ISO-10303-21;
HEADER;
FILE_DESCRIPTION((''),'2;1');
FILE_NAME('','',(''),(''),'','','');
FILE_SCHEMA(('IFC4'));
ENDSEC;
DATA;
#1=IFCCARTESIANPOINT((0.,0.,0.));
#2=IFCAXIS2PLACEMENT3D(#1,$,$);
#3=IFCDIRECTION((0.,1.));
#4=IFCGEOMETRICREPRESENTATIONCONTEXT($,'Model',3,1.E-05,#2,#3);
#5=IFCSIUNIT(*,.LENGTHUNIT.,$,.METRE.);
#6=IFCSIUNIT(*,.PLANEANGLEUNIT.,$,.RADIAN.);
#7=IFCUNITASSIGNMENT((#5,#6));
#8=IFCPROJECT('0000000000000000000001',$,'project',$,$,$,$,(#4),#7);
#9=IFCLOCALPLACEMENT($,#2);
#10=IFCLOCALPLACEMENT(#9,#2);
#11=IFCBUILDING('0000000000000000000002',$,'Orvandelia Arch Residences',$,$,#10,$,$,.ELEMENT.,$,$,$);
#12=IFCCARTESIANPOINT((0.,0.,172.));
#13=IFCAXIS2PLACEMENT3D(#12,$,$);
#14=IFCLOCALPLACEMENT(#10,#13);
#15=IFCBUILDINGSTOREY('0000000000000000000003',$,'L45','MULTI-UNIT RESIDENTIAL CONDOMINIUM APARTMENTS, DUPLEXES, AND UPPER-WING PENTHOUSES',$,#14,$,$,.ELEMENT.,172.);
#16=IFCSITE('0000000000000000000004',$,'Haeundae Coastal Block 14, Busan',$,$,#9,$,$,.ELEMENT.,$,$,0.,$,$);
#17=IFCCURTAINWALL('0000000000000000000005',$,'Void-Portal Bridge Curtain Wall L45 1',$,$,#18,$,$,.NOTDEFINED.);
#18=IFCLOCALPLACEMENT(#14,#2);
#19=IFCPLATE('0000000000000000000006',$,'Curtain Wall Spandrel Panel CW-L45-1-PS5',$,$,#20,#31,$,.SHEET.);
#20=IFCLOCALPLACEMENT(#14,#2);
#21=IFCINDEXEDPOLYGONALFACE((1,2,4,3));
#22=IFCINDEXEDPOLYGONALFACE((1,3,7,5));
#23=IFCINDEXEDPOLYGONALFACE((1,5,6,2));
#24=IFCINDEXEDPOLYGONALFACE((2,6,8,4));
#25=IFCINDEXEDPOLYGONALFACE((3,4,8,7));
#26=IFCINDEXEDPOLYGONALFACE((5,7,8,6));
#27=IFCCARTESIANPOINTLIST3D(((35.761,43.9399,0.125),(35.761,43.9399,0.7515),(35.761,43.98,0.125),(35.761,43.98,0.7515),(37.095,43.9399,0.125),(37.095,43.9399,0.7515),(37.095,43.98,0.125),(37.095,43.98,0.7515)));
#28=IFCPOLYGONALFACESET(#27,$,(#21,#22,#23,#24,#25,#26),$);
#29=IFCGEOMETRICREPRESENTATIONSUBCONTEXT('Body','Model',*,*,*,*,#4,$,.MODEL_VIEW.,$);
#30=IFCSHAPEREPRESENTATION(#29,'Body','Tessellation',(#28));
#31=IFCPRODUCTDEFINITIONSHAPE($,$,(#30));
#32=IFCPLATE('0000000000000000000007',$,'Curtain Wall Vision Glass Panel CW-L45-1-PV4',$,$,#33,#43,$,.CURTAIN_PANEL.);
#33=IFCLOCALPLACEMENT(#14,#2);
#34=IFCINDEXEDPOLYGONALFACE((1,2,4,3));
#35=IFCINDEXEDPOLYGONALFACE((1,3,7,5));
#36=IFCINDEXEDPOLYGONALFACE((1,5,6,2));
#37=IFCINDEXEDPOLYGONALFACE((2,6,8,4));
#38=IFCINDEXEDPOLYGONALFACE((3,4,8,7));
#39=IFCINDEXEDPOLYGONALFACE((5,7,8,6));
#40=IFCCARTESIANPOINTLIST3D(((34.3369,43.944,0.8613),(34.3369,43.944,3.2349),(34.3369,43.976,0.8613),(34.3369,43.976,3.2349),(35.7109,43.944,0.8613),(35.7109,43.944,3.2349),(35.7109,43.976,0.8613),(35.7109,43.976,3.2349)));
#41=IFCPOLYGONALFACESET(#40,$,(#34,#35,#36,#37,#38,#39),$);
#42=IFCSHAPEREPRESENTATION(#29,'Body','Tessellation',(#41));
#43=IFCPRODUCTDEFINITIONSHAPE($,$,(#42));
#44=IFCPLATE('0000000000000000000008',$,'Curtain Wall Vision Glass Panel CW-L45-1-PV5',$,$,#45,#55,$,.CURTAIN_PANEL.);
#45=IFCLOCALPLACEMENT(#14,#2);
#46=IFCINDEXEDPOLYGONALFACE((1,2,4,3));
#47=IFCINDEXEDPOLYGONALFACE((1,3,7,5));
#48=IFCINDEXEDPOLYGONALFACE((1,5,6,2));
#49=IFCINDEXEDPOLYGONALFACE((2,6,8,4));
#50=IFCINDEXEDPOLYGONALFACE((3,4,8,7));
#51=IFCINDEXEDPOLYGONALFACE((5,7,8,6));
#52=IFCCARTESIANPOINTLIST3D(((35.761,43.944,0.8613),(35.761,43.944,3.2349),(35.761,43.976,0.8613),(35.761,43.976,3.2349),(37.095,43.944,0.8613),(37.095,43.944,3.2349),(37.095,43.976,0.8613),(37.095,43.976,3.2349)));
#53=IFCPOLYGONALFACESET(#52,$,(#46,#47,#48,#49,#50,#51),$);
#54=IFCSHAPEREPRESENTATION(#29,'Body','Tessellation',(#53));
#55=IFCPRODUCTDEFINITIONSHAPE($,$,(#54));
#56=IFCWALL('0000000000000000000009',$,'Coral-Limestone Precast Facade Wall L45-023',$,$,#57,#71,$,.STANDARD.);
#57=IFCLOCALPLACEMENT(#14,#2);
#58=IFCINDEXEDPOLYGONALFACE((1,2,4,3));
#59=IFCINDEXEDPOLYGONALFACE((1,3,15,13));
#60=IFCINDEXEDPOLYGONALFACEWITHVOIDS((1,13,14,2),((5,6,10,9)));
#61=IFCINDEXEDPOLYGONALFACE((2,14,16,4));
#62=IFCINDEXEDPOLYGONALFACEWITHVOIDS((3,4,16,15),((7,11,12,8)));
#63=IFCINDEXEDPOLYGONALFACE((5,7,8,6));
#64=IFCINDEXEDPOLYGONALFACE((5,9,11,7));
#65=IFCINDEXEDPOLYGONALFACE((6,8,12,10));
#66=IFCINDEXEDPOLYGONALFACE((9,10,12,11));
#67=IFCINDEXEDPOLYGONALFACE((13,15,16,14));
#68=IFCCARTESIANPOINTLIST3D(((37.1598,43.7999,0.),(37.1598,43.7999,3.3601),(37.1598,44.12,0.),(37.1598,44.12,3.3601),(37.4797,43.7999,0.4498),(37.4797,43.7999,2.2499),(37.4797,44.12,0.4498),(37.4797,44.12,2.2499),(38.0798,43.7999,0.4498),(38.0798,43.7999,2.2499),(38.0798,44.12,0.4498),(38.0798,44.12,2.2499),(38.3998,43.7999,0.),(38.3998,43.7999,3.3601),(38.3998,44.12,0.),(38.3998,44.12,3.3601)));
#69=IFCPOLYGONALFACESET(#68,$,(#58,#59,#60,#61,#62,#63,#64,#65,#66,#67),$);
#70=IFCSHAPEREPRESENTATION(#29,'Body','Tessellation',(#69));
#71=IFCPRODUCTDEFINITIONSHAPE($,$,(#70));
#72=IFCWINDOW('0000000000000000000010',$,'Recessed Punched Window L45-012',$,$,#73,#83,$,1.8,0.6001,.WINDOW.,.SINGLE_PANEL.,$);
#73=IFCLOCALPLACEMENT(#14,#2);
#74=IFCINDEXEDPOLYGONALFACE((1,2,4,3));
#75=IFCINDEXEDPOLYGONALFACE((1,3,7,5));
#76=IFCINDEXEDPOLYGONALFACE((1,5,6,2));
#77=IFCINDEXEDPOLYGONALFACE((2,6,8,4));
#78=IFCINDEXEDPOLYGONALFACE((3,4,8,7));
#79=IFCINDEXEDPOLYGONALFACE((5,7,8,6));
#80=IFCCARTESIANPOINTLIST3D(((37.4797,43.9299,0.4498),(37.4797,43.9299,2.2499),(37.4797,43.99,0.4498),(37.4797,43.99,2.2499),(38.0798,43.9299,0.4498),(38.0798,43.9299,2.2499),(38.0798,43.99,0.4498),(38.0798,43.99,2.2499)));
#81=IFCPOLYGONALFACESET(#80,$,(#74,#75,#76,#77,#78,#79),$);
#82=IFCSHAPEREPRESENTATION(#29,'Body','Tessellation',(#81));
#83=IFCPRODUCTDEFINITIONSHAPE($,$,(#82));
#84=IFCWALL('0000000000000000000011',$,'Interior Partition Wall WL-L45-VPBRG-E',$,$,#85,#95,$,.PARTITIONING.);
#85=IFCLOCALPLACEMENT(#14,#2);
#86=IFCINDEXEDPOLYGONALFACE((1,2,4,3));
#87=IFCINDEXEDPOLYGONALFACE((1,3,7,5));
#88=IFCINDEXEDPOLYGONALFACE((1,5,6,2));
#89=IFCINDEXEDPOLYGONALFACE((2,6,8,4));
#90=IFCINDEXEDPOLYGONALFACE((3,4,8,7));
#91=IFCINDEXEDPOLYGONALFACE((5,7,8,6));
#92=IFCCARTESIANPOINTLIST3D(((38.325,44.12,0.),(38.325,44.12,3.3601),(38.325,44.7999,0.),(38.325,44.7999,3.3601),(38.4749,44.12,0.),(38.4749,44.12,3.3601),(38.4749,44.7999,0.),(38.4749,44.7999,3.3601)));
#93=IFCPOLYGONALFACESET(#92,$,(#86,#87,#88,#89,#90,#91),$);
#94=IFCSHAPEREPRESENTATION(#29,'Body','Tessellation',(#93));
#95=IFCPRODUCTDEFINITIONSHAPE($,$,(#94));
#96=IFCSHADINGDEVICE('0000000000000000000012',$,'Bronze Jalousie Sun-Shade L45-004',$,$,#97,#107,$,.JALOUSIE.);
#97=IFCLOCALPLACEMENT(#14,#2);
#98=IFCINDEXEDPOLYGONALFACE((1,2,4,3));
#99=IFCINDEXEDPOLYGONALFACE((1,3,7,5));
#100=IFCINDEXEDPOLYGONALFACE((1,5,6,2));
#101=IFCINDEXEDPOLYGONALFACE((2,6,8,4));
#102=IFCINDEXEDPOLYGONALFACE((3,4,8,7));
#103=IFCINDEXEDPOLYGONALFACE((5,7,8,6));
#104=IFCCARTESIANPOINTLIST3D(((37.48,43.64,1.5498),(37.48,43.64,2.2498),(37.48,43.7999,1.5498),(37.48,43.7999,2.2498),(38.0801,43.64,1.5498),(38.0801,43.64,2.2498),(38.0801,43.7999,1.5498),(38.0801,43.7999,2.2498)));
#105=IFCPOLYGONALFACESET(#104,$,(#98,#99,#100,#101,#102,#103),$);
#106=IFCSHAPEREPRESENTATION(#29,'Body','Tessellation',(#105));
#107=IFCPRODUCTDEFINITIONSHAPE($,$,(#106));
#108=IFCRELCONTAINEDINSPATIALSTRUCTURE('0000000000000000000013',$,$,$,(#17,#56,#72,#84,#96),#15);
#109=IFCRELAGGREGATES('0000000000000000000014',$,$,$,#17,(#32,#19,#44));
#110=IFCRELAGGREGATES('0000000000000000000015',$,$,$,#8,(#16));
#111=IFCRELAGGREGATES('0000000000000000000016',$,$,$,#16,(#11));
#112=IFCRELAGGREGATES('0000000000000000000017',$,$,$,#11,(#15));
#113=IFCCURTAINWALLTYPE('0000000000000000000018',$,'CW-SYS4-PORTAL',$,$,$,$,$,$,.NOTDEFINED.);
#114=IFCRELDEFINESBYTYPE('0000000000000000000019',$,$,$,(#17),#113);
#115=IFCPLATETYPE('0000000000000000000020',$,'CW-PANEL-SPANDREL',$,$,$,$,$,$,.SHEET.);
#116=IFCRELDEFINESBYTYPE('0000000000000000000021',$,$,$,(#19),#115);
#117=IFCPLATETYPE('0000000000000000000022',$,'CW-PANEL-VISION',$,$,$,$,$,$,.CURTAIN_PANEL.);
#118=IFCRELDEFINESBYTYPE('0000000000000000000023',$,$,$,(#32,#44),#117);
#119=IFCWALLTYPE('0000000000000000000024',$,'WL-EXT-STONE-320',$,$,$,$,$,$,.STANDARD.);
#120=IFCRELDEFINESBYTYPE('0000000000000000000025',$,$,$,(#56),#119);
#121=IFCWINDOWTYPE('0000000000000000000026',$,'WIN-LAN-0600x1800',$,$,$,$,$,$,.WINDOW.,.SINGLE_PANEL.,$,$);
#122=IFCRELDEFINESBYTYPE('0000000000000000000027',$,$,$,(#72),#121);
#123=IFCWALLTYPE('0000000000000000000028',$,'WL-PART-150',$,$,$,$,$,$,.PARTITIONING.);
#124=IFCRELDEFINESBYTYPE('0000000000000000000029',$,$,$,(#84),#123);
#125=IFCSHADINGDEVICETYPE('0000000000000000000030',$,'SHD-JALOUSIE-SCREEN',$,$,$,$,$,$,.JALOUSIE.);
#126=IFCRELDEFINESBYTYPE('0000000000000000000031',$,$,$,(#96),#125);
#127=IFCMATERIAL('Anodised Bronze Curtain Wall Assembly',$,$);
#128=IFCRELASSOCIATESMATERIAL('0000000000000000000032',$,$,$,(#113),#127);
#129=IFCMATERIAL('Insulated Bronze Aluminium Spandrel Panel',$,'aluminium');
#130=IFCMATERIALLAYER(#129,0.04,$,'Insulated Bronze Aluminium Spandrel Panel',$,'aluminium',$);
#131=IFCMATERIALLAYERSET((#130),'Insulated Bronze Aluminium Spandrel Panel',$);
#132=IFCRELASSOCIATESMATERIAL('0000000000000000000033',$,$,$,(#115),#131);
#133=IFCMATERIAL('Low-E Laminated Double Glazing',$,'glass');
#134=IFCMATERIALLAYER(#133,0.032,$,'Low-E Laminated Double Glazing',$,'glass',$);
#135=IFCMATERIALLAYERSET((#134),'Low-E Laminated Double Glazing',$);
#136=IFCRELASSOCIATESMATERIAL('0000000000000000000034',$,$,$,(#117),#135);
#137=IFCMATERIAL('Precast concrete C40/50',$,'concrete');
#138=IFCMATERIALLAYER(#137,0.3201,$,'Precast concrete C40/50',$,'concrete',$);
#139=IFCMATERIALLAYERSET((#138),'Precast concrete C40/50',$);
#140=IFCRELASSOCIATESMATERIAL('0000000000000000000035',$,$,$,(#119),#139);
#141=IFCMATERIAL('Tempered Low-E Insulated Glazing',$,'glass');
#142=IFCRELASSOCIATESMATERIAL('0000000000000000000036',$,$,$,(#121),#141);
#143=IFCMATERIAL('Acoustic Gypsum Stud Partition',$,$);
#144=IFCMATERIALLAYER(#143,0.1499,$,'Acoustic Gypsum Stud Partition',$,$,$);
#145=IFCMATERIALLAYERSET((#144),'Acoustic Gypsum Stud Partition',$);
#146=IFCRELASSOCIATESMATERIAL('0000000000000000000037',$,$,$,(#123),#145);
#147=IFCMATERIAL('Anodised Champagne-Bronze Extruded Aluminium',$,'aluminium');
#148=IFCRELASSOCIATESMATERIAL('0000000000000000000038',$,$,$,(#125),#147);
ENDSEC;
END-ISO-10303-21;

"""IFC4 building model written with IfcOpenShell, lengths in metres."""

from ifc_helpers import new_model, si_unit, direction, frame, frame_2d, origin, origin_2d, place, context, subcontext, project, spatial, rectangle, extrude, material, layer, layer_set, type_object, element, fill, aggregate, save


model = new_model("IFC4")

# Units and contexts
model_context = context("Model", 3, precision=1e-05, world=origin(), true_north=direction((0.0, 1.0)))
body_context = subcontext(model_context, "Body", "Model", "MODEL_VIEW")
ifc_project = project(units=[si_unit("LENGTHUNIT", "METRE"), si_unit("PLANEANGLEUNIT", "RADIAN")], contexts=[model_context])

# Site, building, storey
site_placement = place(None, origin())
site = spatial("IfcSite", under=ifc_project, at=site_placement, Name="Haeundae Coastal Block 14, Busan", CompositionType="ELEMENT", RefElevation=0.0)
building_placement = place(site_placement, origin())
building = spatial("IfcBuilding", under=site, at=building_placement, Name="Orvandelia Arch Residences", CompositionType="ELEMENT")
storey_placement = place(building_placement, frame((0.0, 0.0, 172.0)))
storey = spatial("IfcBuildingStorey", under=building, at=storey_placement, Name="L45", Description="MULTI-UNIT RESIDENTIAL CONDOMINIUM APARTMENTS, DUPLEXES, AND UPPER-WING PENTHOUSES", CompositionType="ELEMENT", Elevation=172.0)

# Curtain wall, plates
ifc_material_1 = material(Name="Anodised Bronze Curtain Wall Assembly")
curtain_wall_type = type_object("IfcCurtainWallType", Name="CW-SYS4-PORTAL", PredefinedType="NOTDEFINED", material=ifc_material_1)
curtain_wall_placement = place(storey_placement, origin())
curtain_wall = element("IfcCurtainWall", 1, at=curtain_wall_placement, inside=storey, type_object=curtain_wall_type, Name="Void-Portal Bridge Curtain Wall L45 1", PredefinedType="NOTDEFINED")
ifc_material_2 = material(Name="Insulated Bronze Aluminium Spandrel Panel", Category="aluminium")
ifc_layer_1 = layer(ifc_material_2, 0.04, Name="Insulated Bronze Aluminium Spandrel Panel", Category="aluminium")
ifc_layer_set_1 = layer_set([ifc_layer_1], Name="Insulated Bronze Aluminium Spandrel Panel")
plate_type_1 = type_object("IfcPlateType", Name="CW-PANEL-SPANDREL", PredefinedType="SHEET", material=ifc_layer_set_1)
plate_1_placement = place(storey_placement, frame((36.428, 43.96, 0.125), z_axis=(0.0, 0.0, 1.0), x_axis=(1.0, 0.0, 0.0)))
plate_1 = element("IfcPlate", 2, at=plate_1_placement, type_object=plate_type_1, Name="Curtain Wall Spandrel Panel CW-L45-1-PS5", PredefinedType="SHEET", context=body_context, shape_type="SweptSolid", body=[
    extrude(rectangle(XDim=1.334, YDim=0.04, at=origin_2d()), origin(), (0.0, 0.0, 1.0), 0.6265),
])
ifc_material_3 = material(Name="Low-E Laminated Double Glazing", Category="glass")
ifc_layer_2 = layer(ifc_material_3, 0.032, Name="Low-E Laminated Double Glazing", Category="glass")
ifc_layer_set_2 = layer_set([ifc_layer_2], Name="Low-E Laminated Double Glazing")
plate_type_2 = type_object("IfcPlateType", Name="CW-PANEL-VISION", PredefinedType="CURTAIN_PANEL", material=ifc_layer_set_2)
plate_2_placement = place(storey_placement, frame((35.0239, 43.96, 0.8613), z_axis=(0.0, 0.0, 1.0), x_axis=(1.0, 0.0, 0.0)))
plate_2 = element("IfcPlate", 3, at=plate_2_placement, type_object=plate_type_2, Name="Curtain Wall Vision Glass Panel CW-L45-1-PV4", PredefinedType="CURTAIN_PANEL", context=body_context, shape_type="SweptSolid", body=[
    extrude(rectangle(XDim=1.374, YDim=0.032, at=origin_2d()), origin(), (0.0, 0.0, 1.0), 2.3735),
])
plate_3_placement = place(storey_placement, frame((36.428, 43.96, 0.8613), z_axis=(0.0, 0.0, 1.0), x_axis=(1.0, 0.0, 0.0)))
plate_3 = element("IfcPlate", 4, at=plate_3_placement, type_object=plate_type_2, Name="Curtain Wall Vision Glass Panel CW-L45-1-PV5", PredefinedType="CURTAIN_PANEL", context=body_context, shape_type="SweptSolid", body=[
    extrude(rectangle(XDim=1.334, YDim=0.032, at=origin_2d()), origin(), (0.0, 0.0, 1.0), 2.3735),
])
aggregate(curtain_wall, [plate_2, plate_1, plate_3])

# Wall, opening, window
ifc_material_4 = material(Name="Precast concrete C40/50", Category="concrete")
ifc_layer_3 = layer(ifc_material_4, 0.3201, Name="Precast concrete C40/50", Category="concrete")
ifc_layer_set_3 = layer_set([ifc_layer_3], Name="Precast concrete C40/50")
wall_type_1 = type_object("IfcWallType", Name="WL-EXT-STONE-320", PredefinedType="STANDARD", material=ifc_layer_set_3)
wall_1_placement = place(storey_placement, frame((38.3999, 43.96, 0.0), z_axis=(0.0, 0.0, 1.0), x_axis=(-1.0, 0.0, 0.0)))
wall_1 = element("IfcWall", 5, at=wall_1_placement, inside=storey, type_object=wall_type_1, Name="Coral-Limestone Precast Facade Wall L45-023", PredefinedType="STANDARD", context=body_context, shape_type="SweptSolid", body=[
    extrude(rectangle(XDim=1.24, YDim=0.3201, at=frame_2d((0.6201, 0.0))), origin(), (0.0, 0.0, 1.0), 3.3601),
])
opening_placement = place(wall_1_placement, frame((0.3201, 0.0, 0.45)))
opening = element("IfcOpeningElement", 6, at=opening_placement, cuts=wall_1, PredefinedType="OPENING", context=body_context, shape_type="SweptSolid", body=[
    extrude(rectangle(XDim=0.6001, YDim=1.8, at=frame_2d((0.3, 0.8999))), frame((0.0, 0.1699, 0.0), z_axis=(0.0, -1.0, 0.0), x_axis=(1.0, 0.0, 0.0)), (0.0, 0.0, 1.0), 0.3401),
])
ifc_material_5 = material(Name="Tempered Low-E Insulated Glazing", Category="glass")
window_type = type_object("IfcWindowType", Name="WIN-LAN-0600x1800", PartitioningType="SINGLE_PANEL", PredefinedType="WINDOW", material=ifc_material_5)
window_placement = place(opening_placement, origin())
window = element("IfcWindow", 7, at=window_placement, inside=storey, type_object=window_type, Name="Recessed Punched Window L45-012", OverallHeight=1.8, OverallWidth=0.6001, PartitioningType="SINGLE_PANEL", PredefinedType="WINDOW", context=body_context, shape_type="SweptSolid", body=[
    extrude(rectangle(XDim=0.6001, YDim=1.8, at=frame_2d((0.3, 0.8999))), frame((0.0, 0.03, 0.0), z_axis=(0.0, -1.0, 0.0), x_axis=(1.0, 0.0, 0.0)), (0.0, 0.0, 1.0), 0.0601),
])
fill(opening, window)

# Wall
ifc_material_6 = material(Name="Acoustic Gypsum Stud Partition")
ifc_layer_4 = layer(ifc_material_6, 0.1499, Name="Acoustic Gypsum Stud Partition")
ifc_layer_set_4 = layer_set([ifc_layer_4], Name="Acoustic Gypsum Stud Partition")
wall_type_2 = type_object("IfcWallType", Name="WL-PART-150", PredefinedType="PARTITIONING", material=ifc_layer_set_4)
wall_2_placement = place(storey_placement, frame((38.3999, 44.1201, 0.0), z_axis=(0.0, 0.0, 1.0), x_axis=(0.0, 1.0, 0.0)))
element("IfcWall", 8, at=wall_2_placement, inside=storey, type_object=wall_type_2, Name="Interior Partition Wall WL-L45-VPBRG-E", PredefinedType="PARTITIONING", context=body_context, shape_type="SweptSolid", body=[
    extrude(rectangle(XDim=0.6799, YDim=0.1499, at=frame_2d((0.3398, 0.0))), origin(), (0.0, 0.0, 1.0), 3.3601),
])

# Shading device
ifc_material_7 = material(Name="Anodised Champagne-Bronze Extruded Aluminium", Category="aluminium")
shading_device_type = type_object("IfcShadingDeviceType", Name="SHD-JALOUSIE-SCREEN", PredefinedType="JALOUSIE", material=ifc_material_7)
shading_device_placement = place(storey_placement, frame((37.78, 43.72, 1.5498), z_axis=(0.0, 0.0, 1.0), x_axis=(-1.0, 0.0, 0.0)))
element("IfcShadingDevice", 9, at=shading_device_placement, inside=storey, type_object=shading_device_type, Name="Bronze Jalousie Sun-Shade L45-004", PredefinedType="JALOUSIE", context=body_context, shape_type="SweptSolid", body=[
    extrude(rectangle(XDim=0.6001, YDim=0.1599, at=origin_2d()), origin(), (0.0, 0.0, 1.0), 0.7),
])

save(model, "model.ifc")
